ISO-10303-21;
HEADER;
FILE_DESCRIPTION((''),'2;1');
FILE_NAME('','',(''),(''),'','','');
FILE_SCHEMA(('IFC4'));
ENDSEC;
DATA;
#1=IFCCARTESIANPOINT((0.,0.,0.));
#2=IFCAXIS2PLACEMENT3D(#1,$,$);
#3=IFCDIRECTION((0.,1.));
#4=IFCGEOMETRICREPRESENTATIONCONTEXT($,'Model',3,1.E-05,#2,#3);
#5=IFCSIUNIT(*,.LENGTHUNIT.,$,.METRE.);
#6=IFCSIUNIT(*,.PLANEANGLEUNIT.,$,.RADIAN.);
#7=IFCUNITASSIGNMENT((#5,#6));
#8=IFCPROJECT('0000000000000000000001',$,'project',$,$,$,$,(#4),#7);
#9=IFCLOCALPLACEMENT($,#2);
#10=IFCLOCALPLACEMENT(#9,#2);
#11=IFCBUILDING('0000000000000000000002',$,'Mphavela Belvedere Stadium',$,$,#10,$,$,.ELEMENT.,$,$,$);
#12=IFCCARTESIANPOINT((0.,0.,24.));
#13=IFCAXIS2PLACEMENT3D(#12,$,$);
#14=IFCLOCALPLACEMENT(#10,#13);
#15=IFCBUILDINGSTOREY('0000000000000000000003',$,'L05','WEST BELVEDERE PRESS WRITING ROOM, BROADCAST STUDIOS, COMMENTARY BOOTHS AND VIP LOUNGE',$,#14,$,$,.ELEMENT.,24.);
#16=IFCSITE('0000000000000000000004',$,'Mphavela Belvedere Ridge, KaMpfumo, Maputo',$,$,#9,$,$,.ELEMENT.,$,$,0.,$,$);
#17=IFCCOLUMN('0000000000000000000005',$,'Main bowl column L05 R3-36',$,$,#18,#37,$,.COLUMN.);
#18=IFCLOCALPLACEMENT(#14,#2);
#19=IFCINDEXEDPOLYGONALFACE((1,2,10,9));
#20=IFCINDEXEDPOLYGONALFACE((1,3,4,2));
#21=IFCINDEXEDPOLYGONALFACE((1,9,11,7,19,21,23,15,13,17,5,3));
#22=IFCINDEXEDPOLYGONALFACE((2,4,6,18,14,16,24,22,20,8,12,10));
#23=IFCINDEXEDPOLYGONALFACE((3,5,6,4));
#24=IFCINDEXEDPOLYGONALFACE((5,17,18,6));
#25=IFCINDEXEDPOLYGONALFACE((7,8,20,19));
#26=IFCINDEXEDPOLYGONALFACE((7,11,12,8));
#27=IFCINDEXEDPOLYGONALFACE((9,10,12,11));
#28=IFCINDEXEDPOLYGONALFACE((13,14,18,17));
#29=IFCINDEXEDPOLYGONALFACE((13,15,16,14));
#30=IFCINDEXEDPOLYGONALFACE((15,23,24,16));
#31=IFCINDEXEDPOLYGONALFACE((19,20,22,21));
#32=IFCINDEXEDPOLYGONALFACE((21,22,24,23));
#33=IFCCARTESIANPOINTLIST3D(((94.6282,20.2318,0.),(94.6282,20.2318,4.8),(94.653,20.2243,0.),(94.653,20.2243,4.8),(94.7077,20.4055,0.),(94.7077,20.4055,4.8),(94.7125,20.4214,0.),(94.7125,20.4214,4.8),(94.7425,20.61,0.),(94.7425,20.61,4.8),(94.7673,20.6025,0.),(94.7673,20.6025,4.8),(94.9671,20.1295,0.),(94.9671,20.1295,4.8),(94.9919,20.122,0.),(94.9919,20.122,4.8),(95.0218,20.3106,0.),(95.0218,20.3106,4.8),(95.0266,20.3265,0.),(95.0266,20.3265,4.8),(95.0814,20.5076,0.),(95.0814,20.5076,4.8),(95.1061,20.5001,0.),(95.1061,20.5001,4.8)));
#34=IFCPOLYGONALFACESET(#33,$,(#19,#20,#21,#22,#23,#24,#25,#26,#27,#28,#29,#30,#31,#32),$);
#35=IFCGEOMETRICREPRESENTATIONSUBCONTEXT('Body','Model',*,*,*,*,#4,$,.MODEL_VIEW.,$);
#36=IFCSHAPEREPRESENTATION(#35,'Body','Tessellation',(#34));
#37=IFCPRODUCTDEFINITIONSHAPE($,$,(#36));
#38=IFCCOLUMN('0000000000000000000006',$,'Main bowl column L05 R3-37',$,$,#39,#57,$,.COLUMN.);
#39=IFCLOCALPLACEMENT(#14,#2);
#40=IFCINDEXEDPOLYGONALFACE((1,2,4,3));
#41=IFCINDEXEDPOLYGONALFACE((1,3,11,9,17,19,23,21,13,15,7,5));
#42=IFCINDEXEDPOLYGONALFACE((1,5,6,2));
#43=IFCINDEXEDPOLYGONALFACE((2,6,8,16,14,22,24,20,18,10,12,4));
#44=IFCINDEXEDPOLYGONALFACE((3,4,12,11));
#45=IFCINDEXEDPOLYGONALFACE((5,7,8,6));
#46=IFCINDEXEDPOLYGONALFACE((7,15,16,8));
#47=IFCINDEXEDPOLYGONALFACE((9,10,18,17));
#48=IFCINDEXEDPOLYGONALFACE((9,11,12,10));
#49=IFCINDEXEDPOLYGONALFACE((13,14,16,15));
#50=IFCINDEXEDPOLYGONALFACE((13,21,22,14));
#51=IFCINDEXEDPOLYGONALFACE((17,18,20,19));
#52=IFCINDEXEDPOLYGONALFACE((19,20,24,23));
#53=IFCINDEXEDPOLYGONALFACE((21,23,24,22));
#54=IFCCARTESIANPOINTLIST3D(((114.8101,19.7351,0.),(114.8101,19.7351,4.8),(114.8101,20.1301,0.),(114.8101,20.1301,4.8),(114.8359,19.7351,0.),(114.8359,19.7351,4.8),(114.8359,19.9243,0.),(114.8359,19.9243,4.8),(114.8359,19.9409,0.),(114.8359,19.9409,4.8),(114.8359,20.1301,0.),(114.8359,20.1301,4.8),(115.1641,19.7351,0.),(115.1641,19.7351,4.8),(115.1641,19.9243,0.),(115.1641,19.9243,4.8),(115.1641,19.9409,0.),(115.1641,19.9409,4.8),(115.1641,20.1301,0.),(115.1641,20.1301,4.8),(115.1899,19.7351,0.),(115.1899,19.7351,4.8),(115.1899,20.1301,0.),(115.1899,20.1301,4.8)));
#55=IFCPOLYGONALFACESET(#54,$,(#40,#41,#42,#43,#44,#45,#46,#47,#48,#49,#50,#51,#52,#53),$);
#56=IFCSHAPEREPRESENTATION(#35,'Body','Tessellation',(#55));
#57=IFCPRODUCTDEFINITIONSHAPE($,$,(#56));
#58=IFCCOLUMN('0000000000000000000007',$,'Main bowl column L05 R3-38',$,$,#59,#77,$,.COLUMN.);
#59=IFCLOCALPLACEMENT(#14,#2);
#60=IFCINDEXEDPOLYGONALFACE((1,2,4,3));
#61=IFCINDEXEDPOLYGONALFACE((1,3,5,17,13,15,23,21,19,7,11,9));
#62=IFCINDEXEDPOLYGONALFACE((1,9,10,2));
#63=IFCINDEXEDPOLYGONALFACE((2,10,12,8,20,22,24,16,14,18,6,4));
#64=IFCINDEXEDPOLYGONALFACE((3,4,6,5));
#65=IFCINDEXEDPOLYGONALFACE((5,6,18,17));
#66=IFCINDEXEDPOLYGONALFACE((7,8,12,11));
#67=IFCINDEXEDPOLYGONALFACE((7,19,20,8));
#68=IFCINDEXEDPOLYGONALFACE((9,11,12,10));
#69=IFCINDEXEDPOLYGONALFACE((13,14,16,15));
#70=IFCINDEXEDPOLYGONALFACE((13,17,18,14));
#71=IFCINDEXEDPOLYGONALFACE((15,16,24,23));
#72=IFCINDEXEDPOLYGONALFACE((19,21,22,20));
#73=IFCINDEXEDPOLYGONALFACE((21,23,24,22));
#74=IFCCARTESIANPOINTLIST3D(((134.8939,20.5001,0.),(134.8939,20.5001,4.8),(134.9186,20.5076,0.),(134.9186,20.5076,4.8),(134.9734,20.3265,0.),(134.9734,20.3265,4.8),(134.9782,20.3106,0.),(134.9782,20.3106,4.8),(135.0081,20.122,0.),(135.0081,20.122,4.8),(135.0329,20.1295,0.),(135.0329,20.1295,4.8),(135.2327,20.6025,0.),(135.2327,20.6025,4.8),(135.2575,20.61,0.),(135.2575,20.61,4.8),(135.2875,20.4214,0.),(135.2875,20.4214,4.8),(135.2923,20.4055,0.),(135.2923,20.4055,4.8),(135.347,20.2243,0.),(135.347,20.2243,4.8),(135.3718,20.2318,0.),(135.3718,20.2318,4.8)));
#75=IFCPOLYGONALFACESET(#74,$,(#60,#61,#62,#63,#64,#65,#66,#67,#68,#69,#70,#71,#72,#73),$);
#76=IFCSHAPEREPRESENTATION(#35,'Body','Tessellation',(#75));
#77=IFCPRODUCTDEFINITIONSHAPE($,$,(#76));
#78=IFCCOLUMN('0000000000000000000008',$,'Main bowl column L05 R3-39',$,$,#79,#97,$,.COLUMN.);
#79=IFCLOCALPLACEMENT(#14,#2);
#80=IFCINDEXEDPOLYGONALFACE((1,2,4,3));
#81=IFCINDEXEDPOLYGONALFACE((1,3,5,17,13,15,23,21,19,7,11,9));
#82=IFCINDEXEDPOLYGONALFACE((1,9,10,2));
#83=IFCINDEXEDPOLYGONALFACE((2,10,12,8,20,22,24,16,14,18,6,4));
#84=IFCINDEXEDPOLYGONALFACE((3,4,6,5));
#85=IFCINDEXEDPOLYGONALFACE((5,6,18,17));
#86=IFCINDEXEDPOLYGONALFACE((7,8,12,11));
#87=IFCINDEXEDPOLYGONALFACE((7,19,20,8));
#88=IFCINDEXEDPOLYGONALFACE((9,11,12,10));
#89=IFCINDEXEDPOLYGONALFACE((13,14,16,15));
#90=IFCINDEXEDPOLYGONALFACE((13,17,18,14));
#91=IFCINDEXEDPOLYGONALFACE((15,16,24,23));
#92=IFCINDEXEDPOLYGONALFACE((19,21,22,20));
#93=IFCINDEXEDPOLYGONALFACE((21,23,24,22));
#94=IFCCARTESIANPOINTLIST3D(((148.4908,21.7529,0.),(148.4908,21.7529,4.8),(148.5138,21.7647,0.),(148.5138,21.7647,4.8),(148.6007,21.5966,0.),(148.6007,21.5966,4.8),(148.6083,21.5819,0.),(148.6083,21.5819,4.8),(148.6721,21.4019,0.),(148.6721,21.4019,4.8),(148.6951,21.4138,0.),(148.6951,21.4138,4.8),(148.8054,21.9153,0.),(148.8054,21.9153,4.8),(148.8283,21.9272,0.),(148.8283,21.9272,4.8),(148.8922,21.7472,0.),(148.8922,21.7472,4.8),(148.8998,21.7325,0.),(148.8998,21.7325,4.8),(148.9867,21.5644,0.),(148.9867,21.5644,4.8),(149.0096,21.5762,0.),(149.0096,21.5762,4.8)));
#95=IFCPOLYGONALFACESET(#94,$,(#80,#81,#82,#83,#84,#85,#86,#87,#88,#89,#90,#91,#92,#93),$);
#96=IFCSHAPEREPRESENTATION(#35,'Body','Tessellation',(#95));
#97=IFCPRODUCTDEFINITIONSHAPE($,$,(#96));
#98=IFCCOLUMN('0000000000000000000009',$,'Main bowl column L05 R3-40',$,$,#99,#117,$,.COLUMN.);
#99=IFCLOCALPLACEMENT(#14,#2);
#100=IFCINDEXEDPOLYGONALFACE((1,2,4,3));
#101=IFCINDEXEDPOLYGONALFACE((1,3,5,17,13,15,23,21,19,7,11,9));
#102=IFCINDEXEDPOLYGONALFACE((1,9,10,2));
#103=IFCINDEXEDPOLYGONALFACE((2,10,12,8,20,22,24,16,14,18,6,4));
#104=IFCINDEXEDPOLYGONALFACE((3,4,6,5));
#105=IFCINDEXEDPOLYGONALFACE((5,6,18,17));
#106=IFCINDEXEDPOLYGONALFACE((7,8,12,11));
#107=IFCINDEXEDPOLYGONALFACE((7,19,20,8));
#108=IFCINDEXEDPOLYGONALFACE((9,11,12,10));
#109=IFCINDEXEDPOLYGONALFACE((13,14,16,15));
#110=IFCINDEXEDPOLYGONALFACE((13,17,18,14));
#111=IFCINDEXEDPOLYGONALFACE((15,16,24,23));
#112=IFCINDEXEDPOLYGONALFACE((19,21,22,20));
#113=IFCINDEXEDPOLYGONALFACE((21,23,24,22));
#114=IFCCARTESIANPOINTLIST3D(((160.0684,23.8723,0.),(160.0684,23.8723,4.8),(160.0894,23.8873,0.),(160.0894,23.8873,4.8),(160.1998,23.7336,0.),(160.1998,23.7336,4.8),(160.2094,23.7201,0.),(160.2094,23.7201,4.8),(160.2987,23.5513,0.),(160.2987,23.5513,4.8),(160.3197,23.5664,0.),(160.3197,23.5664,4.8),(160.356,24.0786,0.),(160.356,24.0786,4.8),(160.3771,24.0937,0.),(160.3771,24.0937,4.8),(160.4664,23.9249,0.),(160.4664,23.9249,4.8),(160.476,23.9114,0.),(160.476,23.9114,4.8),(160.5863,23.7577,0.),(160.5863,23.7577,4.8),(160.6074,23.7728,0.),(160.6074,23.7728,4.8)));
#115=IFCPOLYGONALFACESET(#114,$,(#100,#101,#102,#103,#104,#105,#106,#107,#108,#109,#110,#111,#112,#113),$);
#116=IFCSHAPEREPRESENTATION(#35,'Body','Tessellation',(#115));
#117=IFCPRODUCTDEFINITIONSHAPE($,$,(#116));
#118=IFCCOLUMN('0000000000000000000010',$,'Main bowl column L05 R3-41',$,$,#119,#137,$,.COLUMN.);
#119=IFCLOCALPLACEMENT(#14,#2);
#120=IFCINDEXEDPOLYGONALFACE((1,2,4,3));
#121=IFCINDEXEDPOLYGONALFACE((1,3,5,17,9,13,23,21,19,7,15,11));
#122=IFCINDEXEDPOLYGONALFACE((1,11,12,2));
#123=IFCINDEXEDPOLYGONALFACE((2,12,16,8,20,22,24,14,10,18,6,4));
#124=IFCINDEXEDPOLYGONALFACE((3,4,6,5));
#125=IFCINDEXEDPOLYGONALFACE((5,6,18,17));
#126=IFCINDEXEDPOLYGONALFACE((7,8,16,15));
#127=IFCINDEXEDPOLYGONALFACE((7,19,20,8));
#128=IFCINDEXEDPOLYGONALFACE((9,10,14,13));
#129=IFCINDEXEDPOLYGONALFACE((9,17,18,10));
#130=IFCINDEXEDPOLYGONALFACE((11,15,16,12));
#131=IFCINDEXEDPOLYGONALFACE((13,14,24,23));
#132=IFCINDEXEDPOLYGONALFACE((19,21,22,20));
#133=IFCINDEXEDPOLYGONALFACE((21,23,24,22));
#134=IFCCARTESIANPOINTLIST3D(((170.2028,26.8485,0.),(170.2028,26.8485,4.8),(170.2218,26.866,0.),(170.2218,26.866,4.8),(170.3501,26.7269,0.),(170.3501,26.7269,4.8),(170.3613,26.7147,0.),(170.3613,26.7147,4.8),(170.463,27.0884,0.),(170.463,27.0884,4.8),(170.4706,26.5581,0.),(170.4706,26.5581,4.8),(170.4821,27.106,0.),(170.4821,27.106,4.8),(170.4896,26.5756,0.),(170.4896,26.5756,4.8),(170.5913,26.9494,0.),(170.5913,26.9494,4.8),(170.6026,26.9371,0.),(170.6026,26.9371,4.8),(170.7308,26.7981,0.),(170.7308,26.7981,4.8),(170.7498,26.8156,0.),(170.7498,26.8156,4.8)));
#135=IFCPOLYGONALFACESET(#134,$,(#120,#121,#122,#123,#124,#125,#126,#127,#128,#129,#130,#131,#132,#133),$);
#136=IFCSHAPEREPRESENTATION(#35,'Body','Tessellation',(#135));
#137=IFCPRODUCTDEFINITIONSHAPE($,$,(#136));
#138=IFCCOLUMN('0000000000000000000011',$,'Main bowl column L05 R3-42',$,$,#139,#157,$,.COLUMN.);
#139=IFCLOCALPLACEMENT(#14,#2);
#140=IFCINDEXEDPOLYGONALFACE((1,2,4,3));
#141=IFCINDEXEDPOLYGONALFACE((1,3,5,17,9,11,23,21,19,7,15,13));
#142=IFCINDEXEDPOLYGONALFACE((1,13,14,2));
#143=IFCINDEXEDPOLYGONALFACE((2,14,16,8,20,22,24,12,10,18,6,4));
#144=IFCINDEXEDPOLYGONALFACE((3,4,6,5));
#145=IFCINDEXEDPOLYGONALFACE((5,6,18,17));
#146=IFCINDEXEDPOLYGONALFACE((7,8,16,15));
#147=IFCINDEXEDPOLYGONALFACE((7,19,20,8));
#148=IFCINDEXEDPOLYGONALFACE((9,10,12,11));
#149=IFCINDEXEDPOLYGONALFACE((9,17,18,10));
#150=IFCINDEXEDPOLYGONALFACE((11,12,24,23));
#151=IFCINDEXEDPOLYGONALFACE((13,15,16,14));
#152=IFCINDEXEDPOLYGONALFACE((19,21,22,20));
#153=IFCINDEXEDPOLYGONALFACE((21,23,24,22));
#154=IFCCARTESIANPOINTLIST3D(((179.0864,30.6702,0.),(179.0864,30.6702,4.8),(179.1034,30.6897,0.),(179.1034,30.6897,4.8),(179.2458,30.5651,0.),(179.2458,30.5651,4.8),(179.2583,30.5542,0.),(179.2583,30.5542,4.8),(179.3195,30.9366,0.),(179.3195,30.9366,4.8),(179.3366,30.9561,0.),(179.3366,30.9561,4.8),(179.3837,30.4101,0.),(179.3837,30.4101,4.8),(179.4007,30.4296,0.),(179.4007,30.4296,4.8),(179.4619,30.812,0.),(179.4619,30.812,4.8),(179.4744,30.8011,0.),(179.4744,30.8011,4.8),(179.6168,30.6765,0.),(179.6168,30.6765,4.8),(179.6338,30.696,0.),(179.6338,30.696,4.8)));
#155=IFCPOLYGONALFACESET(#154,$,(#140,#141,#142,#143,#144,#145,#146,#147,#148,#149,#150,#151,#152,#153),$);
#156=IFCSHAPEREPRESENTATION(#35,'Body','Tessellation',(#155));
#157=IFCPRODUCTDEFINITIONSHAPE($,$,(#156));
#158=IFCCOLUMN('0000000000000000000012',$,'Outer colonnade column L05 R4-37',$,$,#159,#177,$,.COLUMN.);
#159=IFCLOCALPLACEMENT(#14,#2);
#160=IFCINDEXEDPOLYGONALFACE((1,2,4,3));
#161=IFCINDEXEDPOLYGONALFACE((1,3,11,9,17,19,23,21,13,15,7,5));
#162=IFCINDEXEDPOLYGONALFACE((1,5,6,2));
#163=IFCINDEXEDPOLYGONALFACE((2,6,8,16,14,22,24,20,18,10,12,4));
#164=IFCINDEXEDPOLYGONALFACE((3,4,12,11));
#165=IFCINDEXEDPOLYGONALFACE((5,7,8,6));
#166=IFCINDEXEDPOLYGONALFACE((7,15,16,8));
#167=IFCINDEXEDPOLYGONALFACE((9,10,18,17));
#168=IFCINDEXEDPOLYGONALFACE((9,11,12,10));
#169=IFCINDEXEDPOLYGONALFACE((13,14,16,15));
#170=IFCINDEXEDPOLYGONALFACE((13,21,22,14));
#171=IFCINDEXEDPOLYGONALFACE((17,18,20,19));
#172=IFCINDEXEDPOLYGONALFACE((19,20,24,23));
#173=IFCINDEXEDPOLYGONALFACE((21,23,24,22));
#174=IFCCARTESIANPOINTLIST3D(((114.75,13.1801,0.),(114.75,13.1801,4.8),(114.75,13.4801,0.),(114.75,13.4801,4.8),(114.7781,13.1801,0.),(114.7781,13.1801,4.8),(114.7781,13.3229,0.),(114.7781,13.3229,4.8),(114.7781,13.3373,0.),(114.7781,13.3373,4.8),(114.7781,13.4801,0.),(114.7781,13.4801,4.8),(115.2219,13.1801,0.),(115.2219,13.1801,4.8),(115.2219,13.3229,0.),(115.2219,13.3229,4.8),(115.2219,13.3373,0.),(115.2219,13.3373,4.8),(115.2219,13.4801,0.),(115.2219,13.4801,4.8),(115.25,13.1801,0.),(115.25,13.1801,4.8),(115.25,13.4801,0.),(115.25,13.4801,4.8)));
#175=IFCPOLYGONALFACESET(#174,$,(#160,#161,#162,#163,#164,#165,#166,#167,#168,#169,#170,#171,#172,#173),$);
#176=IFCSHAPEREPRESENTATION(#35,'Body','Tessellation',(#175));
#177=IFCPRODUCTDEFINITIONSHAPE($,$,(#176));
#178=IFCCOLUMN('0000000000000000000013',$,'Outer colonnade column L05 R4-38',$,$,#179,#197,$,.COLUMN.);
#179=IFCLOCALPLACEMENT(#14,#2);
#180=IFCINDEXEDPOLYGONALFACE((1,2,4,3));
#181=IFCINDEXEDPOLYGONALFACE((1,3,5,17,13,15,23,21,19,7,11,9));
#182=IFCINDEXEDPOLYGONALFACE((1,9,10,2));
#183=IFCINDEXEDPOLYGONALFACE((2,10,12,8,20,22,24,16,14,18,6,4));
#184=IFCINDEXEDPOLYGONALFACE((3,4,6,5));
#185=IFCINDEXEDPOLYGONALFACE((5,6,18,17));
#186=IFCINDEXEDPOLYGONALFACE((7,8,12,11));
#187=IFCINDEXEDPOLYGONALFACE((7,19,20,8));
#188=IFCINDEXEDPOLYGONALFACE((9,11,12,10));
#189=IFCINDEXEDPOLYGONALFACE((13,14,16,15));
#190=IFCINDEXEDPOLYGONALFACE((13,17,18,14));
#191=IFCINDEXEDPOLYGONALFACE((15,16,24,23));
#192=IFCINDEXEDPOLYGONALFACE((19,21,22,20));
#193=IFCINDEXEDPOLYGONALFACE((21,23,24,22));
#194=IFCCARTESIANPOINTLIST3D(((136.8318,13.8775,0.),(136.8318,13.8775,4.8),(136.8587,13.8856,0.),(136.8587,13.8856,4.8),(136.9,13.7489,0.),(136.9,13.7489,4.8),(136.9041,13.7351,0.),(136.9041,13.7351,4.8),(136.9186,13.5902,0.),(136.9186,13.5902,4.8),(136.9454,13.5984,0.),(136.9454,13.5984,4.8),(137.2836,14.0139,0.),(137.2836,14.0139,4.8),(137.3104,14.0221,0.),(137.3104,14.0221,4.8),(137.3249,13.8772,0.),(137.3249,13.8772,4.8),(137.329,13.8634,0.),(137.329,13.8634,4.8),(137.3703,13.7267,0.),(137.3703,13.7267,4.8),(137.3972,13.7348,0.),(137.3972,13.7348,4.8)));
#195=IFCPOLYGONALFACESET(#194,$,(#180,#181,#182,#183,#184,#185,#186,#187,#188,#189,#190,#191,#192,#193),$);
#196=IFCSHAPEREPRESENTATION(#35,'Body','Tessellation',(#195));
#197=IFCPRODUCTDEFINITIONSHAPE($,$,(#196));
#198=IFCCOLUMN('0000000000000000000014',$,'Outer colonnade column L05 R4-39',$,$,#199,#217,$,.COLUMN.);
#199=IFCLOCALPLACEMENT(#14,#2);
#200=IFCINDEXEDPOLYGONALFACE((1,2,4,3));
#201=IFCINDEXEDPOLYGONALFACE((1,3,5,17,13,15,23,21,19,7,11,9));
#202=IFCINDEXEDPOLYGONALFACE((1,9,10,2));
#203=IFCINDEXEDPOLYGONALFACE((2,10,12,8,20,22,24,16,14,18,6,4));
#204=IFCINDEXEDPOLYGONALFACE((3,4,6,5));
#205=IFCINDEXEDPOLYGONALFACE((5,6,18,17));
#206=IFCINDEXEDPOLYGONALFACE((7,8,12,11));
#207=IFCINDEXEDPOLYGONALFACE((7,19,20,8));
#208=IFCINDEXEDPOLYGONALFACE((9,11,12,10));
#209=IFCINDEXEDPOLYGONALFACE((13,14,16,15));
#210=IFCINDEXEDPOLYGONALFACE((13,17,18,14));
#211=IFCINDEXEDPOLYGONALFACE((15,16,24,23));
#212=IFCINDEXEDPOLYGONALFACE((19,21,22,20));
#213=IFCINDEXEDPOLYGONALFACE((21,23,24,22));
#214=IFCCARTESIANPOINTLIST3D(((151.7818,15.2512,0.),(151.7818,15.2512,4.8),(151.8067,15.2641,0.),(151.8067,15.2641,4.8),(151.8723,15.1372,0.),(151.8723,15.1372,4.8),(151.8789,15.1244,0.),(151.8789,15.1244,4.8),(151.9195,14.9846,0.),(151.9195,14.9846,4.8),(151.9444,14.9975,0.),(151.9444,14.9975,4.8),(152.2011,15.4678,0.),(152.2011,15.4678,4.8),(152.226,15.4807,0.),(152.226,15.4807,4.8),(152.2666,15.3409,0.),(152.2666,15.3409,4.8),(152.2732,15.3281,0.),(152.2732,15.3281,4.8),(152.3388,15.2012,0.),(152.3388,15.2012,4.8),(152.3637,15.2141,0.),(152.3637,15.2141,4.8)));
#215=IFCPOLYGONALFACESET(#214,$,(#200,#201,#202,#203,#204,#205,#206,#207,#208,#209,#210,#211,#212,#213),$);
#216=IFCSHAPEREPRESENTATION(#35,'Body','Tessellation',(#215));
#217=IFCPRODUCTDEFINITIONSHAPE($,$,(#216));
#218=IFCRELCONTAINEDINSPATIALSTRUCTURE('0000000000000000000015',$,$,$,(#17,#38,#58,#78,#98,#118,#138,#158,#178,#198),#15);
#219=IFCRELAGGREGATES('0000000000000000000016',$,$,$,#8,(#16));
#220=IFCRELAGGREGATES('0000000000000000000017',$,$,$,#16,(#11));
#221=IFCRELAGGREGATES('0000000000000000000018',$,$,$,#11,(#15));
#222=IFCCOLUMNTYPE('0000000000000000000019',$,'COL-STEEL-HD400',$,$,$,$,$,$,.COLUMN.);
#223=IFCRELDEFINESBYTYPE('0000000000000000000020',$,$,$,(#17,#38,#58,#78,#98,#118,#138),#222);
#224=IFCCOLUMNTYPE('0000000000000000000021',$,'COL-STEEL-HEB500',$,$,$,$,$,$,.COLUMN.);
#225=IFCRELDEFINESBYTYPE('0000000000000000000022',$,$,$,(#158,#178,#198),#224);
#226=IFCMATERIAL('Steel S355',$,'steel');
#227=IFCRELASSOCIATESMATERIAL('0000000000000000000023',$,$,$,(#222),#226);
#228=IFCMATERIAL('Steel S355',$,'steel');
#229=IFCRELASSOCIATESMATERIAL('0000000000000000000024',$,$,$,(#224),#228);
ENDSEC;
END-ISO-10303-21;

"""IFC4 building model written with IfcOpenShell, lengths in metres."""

from ifc_helpers import new_model, si_unit, direction, frame, origin, origin_2d, place, context, subcontext, project, spatial, i_section, extrude, material, material_profile, profile_set, type_object, element, save


model = new_model("IFC4")

# Units and contexts
model_context = context("Model", 3, precision=1e-05, world=origin(), true_north=direction((0.0, 1.0)))
body_context = subcontext(model_context, "Body", "Model", "MODEL_VIEW")
ifc_project = project(units=[si_unit("LENGTHUNIT", "METRE"), si_unit("PLANEANGLEUNIT", "RADIAN")], contexts=[model_context])

# Site, building, storey
site_placement = place(None, origin())
site = spatial("IfcSite", under=ifc_project, at=site_placement, Name="Mphavela Belvedere Ridge, KaMpfumo, Maputo", CompositionType="ELEMENT", RefElevation=0.0)
building_placement = place(site_placement, origin())
building = spatial("IfcBuilding", under=site, at=building_placement, Name="Mphavela Belvedere Stadium", CompositionType="ELEMENT")
storey_placement = place(building_placement, frame((0.0, 0.0, 24.0)))
storey = spatial("IfcBuildingStorey", under=building, at=storey_placement, Name="L05", Description="WEST BELVEDERE PRESS WRITING ROOM, BROADCAST STUDIOS, COMMENTARY BOOTHS AND VIP LOUNGE", CompositionType="ELEMENT", Elevation=24.0)

# Columns
ifc_material_1 = material(Name="Steel S355", Category="steel")
ifc_material_profile_1 = material_profile(ifc_material_1, i_section(OverallWidth=0.395, OverallDepth=0.3799, WebThickness=0.0166, FlangeThickness=0.0259, at=origin_2d()), Name="HD 400x237")
ifc_profile_set_1 = profile_set([ifc_material_profile_1], Name="Steel S355")
column_type_1 = type_object("IfcColumnType", Name="COL-STEEL-HD400", PredefinedType="COLUMN", material=ifc_profile_set_1)
for number, where, z_axis, x_axis, name in (
    (1, (94.8672, 20.366, 0.0), (0.0, 0.0, 1.0), (-0.289199, -0.957269, 0.0), "Main bowl column L05 R3-36"),
    (2, (115.0, 19.9326, 0.0), (0.0, 0.0, 1.0), (0.0, -1.0, 0.0), "Main bowl column L05 R3-37"),
    (3, (135.1328, 20.366, 0.0), (0.0, 0.0, 1.0), (0.289199, -0.957269, 0.0), "Main bowl column L05 R3-38"),
    (4, (148.7502, 21.6646, 0.0), (0.0, 0.0, 1.0), (0.45896, -0.888457, 0.0), "Main bowl column L05 R3-39"),
    (5, (160.3379, 23.8225, 0.0), (0.0, 0.0, 1.0), (0.582974, -0.812491, 0.0), "Main bowl column L05 R3-40"),
    (6, (170.4763, 26.832, 0.0), (0.0, 0.0, 1.0), (0.677903, -0.735151, 0.0), "Main bowl column L05 R3-41"),
    (7, (179.3601, 30.6831, 0.0), (0.0, 0.0, 1.0), (0.75253, -0.658558, 0.0), "Main bowl column L05 R3-42"),
):
    element("IfcColumn", number, at=place(storey_placement, frame(where, z_axis=z_axis, x_axis=x_axis)), inside=storey, type_object=column_type_1, Name=name, PredefinedType="COLUMN", context=body_context, shape_type="SweptSolid", body=[
        extrude(i_section(OverallWidth=0.395, OverallDepth=0.3799, WebThickness=0.0166, FlangeThickness=0.0259, at=origin_2d()), origin(), (0.0, 0.0, 1.0), 4.8),
    ])
ifc_material_2 = material(Name="Steel S355", Category="steel")
ifc_material_profile_2 = material_profile(ifc_material_2, i_section(OverallWidth=0.3, OverallDepth=0.5, WebThickness=0.0144, FlangeThickness=0.0281, at=origin_2d()), Name="HEB 500")
ifc_profile_set_2 = profile_set([ifc_material_profile_2], Name="Steel S355")
column_type_2 = type_object("IfcColumnType", Name="COL-STEEL-HEB500", PredefinedType="COLUMN", material=ifc_profile_set_2)
for number, where, z_axis, x_axis, name in (
    (8, (115.0, 13.3301, 0.0), (0.0, 0.0, 1.0), (0.0, -1.0, 0.0), "Outer colonnade column L05 R4-37"),
    (9, (137.1145, 13.8062, 0.0), (0.0, 0.0, 1.0), (0.289199, -0.957269, 0.0), "Outer colonnade column L05 R4-38"),
    (10, (152.0728, 15.2327, 0.0), (0.0, 0.0, 1.0), (0.45896, -0.888457, 0.0), "Outer colonnade column L05 R4-39"),
):
    element("IfcColumn", number, at=place(storey_placement, frame(where, z_axis=z_axis, x_axis=x_axis)), inside=storey, type_object=column_type_2, Name=name, PredefinedType="COLUMN", context=body_context, shape_type="SweptSolid", body=[
        extrude(i_section(OverallWidth=0.3, OverallDepth=0.5, WebThickness=0.0144, FlangeThickness=0.0281, at=origin_2d()), origin(), (0.0, 0.0, 1.0), 4.8),
    ])

save(model, "model.ifc")
